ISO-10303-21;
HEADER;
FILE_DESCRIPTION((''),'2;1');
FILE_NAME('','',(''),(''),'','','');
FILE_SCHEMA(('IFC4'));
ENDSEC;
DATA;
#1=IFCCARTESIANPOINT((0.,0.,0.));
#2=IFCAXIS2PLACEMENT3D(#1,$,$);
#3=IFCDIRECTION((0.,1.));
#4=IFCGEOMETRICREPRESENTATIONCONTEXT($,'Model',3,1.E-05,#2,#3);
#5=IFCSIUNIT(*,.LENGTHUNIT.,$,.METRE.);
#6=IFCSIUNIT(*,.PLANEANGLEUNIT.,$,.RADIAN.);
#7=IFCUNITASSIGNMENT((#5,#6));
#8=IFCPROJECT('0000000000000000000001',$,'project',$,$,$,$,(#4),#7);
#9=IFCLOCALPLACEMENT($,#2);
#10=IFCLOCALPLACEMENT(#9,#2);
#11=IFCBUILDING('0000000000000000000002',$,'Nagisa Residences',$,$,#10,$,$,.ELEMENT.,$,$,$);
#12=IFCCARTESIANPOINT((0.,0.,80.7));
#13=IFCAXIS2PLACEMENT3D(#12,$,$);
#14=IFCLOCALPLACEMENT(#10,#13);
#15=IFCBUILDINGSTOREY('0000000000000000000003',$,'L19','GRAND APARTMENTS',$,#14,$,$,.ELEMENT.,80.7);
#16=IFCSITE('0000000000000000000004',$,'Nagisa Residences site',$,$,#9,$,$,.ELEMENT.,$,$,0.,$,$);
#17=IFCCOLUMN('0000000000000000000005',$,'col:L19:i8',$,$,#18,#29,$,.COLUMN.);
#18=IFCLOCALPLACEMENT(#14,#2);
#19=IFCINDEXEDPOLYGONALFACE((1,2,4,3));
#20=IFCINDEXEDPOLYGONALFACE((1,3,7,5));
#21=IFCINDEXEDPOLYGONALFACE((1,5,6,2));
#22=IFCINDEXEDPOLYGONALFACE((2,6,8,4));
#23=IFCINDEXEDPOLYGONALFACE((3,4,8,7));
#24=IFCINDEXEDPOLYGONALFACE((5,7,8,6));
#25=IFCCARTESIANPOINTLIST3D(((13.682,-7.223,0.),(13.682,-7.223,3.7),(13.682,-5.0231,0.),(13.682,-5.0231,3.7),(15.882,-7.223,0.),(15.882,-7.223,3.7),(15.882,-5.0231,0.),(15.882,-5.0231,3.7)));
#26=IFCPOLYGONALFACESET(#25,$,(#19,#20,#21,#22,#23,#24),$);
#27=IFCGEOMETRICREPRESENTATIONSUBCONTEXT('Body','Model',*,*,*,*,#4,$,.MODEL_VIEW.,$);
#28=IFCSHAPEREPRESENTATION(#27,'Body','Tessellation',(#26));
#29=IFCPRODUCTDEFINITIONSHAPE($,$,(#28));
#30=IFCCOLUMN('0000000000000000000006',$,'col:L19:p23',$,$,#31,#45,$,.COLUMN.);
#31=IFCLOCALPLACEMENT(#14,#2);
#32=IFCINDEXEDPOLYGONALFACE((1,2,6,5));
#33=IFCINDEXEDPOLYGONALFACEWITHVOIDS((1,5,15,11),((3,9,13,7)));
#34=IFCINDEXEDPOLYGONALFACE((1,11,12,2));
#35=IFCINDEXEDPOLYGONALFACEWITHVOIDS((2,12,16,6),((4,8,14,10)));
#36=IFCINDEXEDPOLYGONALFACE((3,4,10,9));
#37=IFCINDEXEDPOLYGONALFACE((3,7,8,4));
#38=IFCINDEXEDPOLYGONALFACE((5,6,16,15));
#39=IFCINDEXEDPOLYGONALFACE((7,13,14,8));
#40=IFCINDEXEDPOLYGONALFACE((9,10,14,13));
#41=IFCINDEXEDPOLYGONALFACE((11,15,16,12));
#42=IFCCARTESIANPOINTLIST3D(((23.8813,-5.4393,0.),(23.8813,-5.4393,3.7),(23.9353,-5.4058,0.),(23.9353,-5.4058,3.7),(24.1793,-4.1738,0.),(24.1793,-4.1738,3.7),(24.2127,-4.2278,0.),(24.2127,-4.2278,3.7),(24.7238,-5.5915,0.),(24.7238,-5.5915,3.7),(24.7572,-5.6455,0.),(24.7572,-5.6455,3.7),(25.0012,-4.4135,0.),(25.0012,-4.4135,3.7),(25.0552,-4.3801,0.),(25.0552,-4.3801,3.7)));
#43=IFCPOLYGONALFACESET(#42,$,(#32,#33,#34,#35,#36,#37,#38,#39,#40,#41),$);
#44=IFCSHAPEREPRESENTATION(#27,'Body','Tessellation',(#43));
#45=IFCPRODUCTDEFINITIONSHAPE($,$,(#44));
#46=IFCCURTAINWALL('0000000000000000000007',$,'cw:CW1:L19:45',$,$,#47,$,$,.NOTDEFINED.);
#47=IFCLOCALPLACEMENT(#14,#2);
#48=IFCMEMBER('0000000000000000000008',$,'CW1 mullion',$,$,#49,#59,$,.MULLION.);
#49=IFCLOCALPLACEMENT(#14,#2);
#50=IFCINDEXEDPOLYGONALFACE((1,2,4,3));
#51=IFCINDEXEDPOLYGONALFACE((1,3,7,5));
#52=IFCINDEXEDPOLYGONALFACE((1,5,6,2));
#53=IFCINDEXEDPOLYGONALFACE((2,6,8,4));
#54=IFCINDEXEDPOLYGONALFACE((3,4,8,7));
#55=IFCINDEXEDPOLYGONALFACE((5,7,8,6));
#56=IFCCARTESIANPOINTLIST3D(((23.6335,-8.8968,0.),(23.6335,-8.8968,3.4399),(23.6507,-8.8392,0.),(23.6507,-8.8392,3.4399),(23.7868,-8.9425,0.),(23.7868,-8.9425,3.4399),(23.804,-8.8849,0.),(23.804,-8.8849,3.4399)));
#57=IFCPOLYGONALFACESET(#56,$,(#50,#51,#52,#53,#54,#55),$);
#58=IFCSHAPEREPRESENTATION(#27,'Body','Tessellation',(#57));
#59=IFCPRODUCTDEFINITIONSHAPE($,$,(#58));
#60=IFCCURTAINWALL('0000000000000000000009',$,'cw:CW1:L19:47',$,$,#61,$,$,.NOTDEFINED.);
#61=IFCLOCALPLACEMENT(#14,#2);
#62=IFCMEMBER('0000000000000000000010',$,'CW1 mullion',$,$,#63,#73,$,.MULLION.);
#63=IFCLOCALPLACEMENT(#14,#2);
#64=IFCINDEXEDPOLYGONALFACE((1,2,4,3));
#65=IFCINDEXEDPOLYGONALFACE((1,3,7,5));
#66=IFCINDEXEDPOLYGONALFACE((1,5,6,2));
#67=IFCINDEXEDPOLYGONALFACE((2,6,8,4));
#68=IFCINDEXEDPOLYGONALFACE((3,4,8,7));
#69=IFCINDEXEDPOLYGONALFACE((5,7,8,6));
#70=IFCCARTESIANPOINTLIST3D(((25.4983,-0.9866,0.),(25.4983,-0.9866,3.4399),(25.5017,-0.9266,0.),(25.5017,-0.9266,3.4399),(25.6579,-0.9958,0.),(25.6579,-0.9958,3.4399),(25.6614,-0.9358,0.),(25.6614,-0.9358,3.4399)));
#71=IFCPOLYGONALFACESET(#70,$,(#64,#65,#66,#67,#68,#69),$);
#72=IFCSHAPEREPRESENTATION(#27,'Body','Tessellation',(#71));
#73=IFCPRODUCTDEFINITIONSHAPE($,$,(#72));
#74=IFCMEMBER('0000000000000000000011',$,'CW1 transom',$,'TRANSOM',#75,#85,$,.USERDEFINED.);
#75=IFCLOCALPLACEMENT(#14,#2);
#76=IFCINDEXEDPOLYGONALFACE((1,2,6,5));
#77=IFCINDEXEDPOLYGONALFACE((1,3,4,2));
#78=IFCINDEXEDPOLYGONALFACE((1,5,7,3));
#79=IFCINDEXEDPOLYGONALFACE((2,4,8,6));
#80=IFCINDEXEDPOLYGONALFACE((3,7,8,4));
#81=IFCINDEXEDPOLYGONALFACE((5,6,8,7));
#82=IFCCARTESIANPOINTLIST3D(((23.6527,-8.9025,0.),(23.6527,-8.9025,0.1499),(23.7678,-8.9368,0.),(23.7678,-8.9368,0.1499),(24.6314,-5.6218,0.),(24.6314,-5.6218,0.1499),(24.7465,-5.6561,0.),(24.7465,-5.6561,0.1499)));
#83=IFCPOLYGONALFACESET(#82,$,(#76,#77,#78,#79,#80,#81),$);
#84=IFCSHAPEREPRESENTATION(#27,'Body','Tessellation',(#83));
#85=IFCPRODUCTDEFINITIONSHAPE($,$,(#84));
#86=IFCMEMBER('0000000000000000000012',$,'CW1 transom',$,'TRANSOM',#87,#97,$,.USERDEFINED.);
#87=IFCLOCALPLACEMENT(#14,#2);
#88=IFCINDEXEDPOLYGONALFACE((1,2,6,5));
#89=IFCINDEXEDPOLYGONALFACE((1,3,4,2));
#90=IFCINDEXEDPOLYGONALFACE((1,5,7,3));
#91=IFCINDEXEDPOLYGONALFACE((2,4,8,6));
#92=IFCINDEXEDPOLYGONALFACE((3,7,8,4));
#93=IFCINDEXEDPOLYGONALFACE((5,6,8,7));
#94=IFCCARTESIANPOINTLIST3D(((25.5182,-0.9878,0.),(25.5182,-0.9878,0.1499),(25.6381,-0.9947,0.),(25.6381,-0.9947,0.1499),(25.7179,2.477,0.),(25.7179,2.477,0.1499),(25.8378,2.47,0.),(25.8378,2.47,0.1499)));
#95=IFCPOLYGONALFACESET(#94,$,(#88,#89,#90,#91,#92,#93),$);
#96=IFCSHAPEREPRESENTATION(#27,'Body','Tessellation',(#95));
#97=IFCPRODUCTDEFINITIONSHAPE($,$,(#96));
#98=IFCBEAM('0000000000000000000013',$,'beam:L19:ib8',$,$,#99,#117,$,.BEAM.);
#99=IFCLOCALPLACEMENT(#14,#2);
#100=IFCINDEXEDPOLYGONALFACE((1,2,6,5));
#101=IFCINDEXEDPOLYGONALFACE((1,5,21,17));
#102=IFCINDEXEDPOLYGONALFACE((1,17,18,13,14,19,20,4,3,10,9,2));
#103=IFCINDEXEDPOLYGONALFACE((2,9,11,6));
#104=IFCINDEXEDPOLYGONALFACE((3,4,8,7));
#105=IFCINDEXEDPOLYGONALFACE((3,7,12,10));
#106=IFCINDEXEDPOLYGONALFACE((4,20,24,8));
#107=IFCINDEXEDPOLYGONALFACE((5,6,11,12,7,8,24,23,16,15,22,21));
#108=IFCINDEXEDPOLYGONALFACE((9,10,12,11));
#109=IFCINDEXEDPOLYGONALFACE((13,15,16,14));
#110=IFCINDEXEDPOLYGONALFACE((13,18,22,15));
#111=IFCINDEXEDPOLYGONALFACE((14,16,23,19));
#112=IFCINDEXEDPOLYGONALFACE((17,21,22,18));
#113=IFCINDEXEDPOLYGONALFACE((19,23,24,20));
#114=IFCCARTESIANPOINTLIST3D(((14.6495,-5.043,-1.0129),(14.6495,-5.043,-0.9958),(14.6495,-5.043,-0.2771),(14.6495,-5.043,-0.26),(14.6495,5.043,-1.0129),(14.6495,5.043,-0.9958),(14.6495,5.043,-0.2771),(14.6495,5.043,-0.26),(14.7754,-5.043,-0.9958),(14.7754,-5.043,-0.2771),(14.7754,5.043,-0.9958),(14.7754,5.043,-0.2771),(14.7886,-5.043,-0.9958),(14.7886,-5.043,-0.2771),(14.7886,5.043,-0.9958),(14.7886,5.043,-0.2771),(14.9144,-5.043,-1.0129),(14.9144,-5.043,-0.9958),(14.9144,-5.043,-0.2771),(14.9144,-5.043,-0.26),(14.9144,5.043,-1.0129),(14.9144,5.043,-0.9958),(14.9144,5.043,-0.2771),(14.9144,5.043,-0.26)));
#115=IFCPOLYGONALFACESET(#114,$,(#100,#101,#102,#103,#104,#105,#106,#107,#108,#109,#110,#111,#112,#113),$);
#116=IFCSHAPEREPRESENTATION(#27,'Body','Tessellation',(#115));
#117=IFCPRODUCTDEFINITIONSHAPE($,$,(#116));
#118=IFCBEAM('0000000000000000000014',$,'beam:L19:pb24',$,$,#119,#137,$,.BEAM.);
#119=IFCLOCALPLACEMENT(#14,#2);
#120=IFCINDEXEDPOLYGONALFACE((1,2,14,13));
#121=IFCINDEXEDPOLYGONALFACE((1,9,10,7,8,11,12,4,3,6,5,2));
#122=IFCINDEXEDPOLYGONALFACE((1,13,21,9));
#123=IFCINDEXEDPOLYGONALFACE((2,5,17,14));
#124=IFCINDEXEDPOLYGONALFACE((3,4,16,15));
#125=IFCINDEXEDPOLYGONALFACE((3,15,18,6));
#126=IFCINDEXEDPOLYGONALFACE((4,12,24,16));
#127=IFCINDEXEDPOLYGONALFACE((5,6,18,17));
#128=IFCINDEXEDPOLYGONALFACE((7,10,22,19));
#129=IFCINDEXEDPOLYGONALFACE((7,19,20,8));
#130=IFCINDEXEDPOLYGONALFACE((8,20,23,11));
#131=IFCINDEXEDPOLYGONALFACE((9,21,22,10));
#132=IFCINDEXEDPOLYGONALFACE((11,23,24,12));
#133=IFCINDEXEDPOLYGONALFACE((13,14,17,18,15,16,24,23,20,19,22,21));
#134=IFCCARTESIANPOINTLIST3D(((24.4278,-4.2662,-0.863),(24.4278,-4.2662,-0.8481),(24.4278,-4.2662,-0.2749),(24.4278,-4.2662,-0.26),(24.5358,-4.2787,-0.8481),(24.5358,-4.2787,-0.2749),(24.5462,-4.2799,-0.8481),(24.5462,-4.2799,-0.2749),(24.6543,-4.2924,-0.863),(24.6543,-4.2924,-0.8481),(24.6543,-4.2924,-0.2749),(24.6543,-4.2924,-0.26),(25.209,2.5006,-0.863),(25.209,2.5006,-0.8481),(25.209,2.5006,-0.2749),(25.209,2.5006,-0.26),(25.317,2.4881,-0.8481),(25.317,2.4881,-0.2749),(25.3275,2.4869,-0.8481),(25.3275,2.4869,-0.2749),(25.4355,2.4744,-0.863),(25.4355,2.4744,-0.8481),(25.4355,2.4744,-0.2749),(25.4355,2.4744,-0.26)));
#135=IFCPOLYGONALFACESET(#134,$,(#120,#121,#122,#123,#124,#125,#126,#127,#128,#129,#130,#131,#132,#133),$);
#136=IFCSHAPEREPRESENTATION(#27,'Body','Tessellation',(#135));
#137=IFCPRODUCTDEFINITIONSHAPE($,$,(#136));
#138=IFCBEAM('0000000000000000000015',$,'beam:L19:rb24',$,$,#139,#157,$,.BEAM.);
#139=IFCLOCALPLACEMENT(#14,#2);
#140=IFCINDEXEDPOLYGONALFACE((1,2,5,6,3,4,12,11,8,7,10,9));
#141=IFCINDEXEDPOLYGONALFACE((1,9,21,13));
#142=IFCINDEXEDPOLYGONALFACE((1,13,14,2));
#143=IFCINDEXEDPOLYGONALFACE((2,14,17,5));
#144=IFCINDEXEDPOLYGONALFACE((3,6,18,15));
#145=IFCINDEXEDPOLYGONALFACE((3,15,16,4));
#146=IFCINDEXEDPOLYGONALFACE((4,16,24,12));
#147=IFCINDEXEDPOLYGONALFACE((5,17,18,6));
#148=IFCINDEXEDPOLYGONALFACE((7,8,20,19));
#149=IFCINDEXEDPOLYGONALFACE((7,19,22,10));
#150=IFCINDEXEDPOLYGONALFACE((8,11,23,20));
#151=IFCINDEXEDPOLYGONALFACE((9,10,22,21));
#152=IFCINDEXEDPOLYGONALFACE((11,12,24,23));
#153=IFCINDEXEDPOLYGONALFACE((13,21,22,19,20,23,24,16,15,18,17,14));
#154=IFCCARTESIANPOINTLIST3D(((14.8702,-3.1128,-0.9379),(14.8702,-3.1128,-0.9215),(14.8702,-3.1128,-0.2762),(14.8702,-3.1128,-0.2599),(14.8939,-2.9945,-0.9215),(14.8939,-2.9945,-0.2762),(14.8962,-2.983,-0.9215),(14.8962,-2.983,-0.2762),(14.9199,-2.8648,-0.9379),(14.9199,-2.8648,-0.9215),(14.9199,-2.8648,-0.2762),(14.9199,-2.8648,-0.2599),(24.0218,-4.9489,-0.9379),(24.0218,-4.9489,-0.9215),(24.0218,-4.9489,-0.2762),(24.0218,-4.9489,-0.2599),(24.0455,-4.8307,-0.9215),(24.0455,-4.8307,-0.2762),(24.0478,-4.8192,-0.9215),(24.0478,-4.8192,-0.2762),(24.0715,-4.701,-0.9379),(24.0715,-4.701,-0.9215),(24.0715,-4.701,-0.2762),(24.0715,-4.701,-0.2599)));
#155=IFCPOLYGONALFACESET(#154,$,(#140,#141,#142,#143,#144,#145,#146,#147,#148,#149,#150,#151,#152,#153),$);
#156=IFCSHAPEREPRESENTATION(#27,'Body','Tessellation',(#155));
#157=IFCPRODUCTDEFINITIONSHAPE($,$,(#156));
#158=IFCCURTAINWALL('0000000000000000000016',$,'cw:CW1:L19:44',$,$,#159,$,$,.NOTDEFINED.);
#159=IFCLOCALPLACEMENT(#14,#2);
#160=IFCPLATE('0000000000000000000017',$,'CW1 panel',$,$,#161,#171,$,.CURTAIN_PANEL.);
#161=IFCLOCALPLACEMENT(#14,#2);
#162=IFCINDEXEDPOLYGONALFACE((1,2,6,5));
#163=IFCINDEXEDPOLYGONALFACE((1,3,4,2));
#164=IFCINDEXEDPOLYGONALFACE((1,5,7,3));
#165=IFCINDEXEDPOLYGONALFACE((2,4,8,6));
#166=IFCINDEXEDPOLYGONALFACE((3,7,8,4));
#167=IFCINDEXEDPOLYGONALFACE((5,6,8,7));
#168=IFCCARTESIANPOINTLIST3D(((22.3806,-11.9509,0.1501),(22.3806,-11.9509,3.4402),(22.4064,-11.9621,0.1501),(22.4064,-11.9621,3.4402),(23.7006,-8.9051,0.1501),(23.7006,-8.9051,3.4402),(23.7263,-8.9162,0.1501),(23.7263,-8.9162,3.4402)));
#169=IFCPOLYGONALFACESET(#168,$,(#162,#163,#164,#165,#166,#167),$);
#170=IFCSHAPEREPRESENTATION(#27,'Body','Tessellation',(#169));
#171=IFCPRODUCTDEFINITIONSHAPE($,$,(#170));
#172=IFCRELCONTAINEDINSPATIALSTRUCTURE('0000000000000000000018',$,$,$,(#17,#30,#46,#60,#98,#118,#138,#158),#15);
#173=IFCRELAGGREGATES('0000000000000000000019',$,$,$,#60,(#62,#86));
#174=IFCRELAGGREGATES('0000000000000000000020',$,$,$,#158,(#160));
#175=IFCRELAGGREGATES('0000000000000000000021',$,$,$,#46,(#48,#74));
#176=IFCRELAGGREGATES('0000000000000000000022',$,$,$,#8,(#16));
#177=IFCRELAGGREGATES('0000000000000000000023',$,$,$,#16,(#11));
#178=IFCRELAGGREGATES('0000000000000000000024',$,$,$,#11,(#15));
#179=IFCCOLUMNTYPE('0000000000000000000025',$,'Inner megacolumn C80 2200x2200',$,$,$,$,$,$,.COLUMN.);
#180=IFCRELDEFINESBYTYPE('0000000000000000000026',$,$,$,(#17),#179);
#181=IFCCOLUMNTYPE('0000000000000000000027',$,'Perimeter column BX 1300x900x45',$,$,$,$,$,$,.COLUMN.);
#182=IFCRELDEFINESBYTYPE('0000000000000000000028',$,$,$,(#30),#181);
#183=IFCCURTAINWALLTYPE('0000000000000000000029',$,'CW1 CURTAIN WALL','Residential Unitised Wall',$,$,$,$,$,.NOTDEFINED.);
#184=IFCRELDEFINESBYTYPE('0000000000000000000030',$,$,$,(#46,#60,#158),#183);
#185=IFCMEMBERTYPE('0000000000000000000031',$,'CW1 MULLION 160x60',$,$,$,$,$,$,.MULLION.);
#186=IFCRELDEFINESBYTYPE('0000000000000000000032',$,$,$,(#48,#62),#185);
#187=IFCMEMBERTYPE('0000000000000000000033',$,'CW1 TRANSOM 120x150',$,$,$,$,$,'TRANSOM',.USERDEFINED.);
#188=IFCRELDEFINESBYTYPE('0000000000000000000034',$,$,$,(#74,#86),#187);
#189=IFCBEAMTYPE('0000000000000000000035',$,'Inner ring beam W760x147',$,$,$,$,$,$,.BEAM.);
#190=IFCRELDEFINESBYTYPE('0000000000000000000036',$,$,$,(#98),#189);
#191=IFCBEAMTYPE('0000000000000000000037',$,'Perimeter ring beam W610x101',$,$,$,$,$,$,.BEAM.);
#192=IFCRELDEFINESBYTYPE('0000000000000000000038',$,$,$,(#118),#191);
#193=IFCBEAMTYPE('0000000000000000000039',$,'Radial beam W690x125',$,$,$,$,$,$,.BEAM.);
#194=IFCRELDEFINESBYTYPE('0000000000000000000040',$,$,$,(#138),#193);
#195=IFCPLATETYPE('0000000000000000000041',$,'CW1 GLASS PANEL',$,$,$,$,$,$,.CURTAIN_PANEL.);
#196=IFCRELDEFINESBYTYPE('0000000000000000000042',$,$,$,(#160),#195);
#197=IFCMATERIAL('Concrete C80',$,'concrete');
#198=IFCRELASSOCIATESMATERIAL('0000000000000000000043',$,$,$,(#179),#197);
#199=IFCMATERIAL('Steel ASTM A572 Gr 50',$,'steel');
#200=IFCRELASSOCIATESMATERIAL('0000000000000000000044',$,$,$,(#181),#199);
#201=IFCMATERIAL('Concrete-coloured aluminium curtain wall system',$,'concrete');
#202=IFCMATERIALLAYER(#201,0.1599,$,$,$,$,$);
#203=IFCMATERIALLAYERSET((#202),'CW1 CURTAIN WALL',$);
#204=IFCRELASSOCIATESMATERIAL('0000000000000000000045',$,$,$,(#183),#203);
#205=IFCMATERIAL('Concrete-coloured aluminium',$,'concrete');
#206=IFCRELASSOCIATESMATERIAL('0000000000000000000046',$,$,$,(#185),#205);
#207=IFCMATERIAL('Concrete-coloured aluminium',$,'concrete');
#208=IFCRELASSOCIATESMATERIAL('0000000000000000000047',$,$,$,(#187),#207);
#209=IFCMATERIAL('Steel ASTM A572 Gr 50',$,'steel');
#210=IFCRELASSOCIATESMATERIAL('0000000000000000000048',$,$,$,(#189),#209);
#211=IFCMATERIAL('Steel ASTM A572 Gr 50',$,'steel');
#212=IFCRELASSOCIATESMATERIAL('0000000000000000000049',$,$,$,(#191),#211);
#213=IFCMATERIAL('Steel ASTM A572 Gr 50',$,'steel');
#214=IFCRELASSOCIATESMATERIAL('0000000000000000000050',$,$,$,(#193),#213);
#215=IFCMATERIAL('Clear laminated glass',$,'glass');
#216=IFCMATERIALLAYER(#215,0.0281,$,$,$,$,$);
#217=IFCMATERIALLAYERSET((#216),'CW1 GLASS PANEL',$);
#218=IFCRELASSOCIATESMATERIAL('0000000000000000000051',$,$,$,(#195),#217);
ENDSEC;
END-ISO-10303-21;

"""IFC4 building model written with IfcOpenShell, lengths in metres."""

from ifc_helpers import new_model, si_unit, direction, frame, origin, origin_2d, place, context, subcontext, project, spatial, rectangle, hollow_rectangle, i_section, extrude, material, layer, layer_set, material_profile, profile_set, type_object, element, aggregate, save


model = new_model("IFC4")

# Units and contexts
model_context = context("Model", 3, precision=1e-05, world=origin(), true_north=direction((0.0, 1.0)))
body_context = subcontext(model_context, "Body", "Model", "MODEL_VIEW")
ifc_project = project(units=[si_unit("LENGTHUNIT", "METRE"), si_unit("PLANEANGLEUNIT", "RADIAN")], contexts=[model_context])

# Site, building, storey
site_placement = place(None, origin())
site = spatial("IfcSite", under=ifc_project, at=site_placement, Name="Nagisa Residences site", CompositionType="ELEMENT", RefElevation=0.0)
building_placement = place(site_placement, origin())
building = spatial("IfcBuilding", under=site, at=building_placement, Name="Nagisa Residences", CompositionType="ELEMENT")
storey_placement = place(building_placement, frame((0.0, 0.0, 80.7)))
storey = spatial("IfcBuildingStorey", under=building, at=storey_placement, Name="L19", Description="GRAND APARTMENTS", CompositionType="ELEMENT", Elevation=80.7)

# Columns
ifc_material_1 = material(Name="Concrete C80", Category="concrete")
ifc_material_profile_1 = material_profile(ifc_material_1, rectangle(XDim=2.2, YDim=2.2, at=origin_2d()), Name="C80 2200x2200")
ifc_profile_set_1 = profile_set([ifc_material_profile_1], Name="Concrete C80")
column_type_1 = type_object("IfcColumnType", Name="Inner megacolumn C80 2200x2200", PredefinedType="COLUMN", material=ifc_profile_set_1)
column_1_placement = place(storey_placement, frame((14.782, -6.123, 0.0), z_axis=(0.0, 0.0, 1.0), x_axis=(1.0, 0.0, 0.0)))
element("IfcColumn", 1, at=column_1_placement, inside=storey, type_object=column_type_1, Name="col:L19:i8", PredefinedType="COLUMN", context=body_context, shape_type="SweptSolid", body=[
    extrude(rectangle(XDim=2.2, YDim=2.2, at=origin_2d()), origin(), (0.0, 0.0, 1.0), 3.7),
])
ifc_material_2 = material(Name="Steel ASTM A572 Gr 50", Category="steel")
ifc_material_profile_2 = material_profile(ifc_material_2, hollow_rectangle(XDim=1.3, YDim=0.8999, WallThickness=0.0449, at=origin_2d()), Name="BX 1300x900x45")
ifc_profile_set_2 = profile_set([ifc_material_profile_2], Name="Steel ASTM A572 Gr 50")
column_type_2 = type_object("IfcColumnType", Name="Perimeter column BX 1300x900x45", PredefinedType="COLUMN", material=ifc_profile_set_2)
column_2_placement = place(storey_placement, frame((24.4683, -4.9097, 0.0), z_axis=(0.0, 0.0, 1.0), x_axis=(0.229202, 0.973379, 0.0)))
element("IfcColumn", 2, at=column_2_placement, inside=storey, type_object=column_type_2, Name="col:L19:p23", PredefinedType="COLUMN", context=body_context, shape_type="SweptSolid", body=[
    extrude(hollow_rectangle(XDim=1.3, YDim=0.8999, WallThickness=0.0449, at=origin_2d()), origin(), (0.0, 0.0, 1.0), 3.7),
])

# Curtain walls, members
ifc_material_3 = material(Name="Concrete-coloured aluminium curtain wall system", Category="concrete")
ifc_layer_1 = layer(ifc_material_3, 0.1599)
ifc_layer_set_1 = layer_set([ifc_layer_1], Name="CW1 CURTAIN WALL")
curtain_wall_type = type_object("IfcCurtainWallType", Name="CW1 CURTAIN WALL", Description="Residential Unitised Wall", PredefinedType="NOTDEFINED", material=ifc_layer_set_1)
curtain_wall_1_placement = place(storey_placement, origin())
curtain_wall_1 = element("IfcCurtainWall", 3, at=curtain_wall_1_placement, inside=storey, type_object=curtain_wall_type, Name="cw:CW1:L19:45", PredefinedType="NOTDEFINED")
ifc_material_4 = material(Name="Concrete-coloured aluminium", Category="concrete")
ifc_material_profile_3 = material_profile(ifc_material_4, rectangle(XDim=0.1599, YDim=0.0601, at=origin_2d()), Name="CW1 MULLION 160x60")
ifc_profile_set_3 = profile_set([ifc_material_profile_3], Name="Concrete-coloured aluminium")
member_type_1 = type_object("IfcMemberType", Name="CW1 MULLION 160x60", PredefinedType="MULLION", material=ifc_profile_set_3)
member_1_placement = place(storey_placement, frame((23.7188, -8.8909, 0.0), z_axis=(0.0, 0.0, 1.0), x_axis=(-0.958271, 0.28586, 0.0)))
member_1 = element("IfcMember", 4, at=member_1_placement, type_object=member_type_1, Name="CW1 mullion", PredefinedType="MULLION", context=body_context, shape_type="SweptSolid", body=[
    extrude(rectangle(XDim=0.1599, YDim=0.0601, at=origin_2d()), origin(), (0.0, 0.0, 1.0), 3.4399),
])
curtain_wall_2_placement = place(storey_placement, origin())
curtain_wall_2 = element("IfcCurtainWall", 5, at=curtain_wall_2_placement, inside=storey, type_object=curtain_wall_type, Name="cw:CW1:L19:47", PredefinedType="NOTDEFINED")
member_2_placement = place(storey_placement, frame((25.5798, -0.9612, 0.0), z_axis=(0.0, 0.0, 1.0), x_axis=(-0.998345, 0.057503, 0.0)))
member_2 = element("IfcMember", 6, at=member_2_placement, type_object=member_type_1, Name="CW1 mullion", PredefinedType="MULLION", context=body_context, shape_type="SweptSolid", body=[
    extrude(rectangle(XDim=0.1599, YDim=0.0601, at=origin_2d()), origin(), (0.0, 0.0, 1.0), 3.4399),
])

# Members
ifc_material_5 = material(Name="Concrete-coloured aluminium", Category="concrete")
ifc_material_profile_4 = material_profile(ifc_material_5, rectangle(XDim=0.1201, YDim=0.1499, at=origin_2d()), Name="CW1 TRANSOM 120x150")
ifc_profile_set_4 = profile_set([ifc_material_profile_4], Name="Concrete-coloured aluminium")
member_type_2 = type_object("IfcMemberType", Name="CW1 TRANSOM 120x150", ElementType="TRANSOM", PredefinedType="USERDEFINED", material=ifc_profile_set_4)
member_3_placement = place(storey_placement, frame((23.7102, -8.9197, 0.075), z_axis=(0.285882, 0.958265, 0.0), x_axis=(-0.958265, 0.285882, 0.0)))
member_3 = element("IfcMember", 7, at=member_3_placement, type_object=member_type_2, Name="CW1 transom", ObjectType="TRANSOM", PredefinedType="USERDEFINED", context=body_context, shape_type="SweptSolid", body=[
    extrude(rectangle(XDim=0.1201, YDim=0.1499, at=origin_2d()), origin(), (0.0, 0.0, 1.0), 3.4236),
])
member_4_placement = place(storey_placement, frame((25.5781, -0.9912, 0.075), z_axis=(0.057547, 0.998343, 0.0), x_axis=(-0.998343, 0.057547, 0.0)))
member_4 = element("IfcMember", 8, at=member_4_placement, type_object=member_type_2, Name="CW1 transom", ObjectType="TRANSOM", PredefinedType="USERDEFINED", context=body_context, shape_type="SweptSolid", body=[
    extrude(rectangle(XDim=0.1201, YDim=0.1499, at=origin_2d()), origin(), (0.0, 0.0, 1.0), 3.4705),
])
aggregate(curtain_wall_2, [member_2, member_4])

# Beams
ifc_material_6 = material(Name="Steel ASTM A572 Gr 50", Category="steel")
ifc_material_profile_5 = material_profile(ifc_material_6, i_section(OverallWidth=0.2649, OverallDepth=0.7529, WebThickness=0.0132, FlangeThickness=0.0171, at=origin_2d()), Name="W760x147")
ifc_profile_set_5 = profile_set([ifc_material_profile_5], Name="Steel ASTM A572 Gr 50")
beam_type_1 = type_object("IfcBeamType", Name="Inner ring beam W760x147", PredefinedType="BEAM", material=ifc_profile_set_5)
beam_1_placement = place(storey_placement, frame((14.782, -5.043, -0.6365), z_axis=(0.0, 1.0, 0.0), x_axis=(-1.0, 0.0, 0.0)))
element("IfcBeam", 9, at=beam_1_placement, inside=storey, type_object=beam_type_1, Name="beam:L19:ib8", PredefinedType="BEAM", context=body_context, shape_type="SweptSolid", body=[
    extrude(i_section(OverallWidth=0.2649, OverallDepth=0.7529, WebThickness=0.0132, FlangeThickness=0.0171, at=origin_2d()), origin(), (0.0, 0.0, 1.0), 10.0859),
])
ifc_material_7 = material(Name="Steel ASTM A572 Gr 50", Category="steel")
ifc_material_profile_6 = material_profile(ifc_material_7, i_section(OverallWidth=0.228, OverallDepth=0.603, WebThickness=0.0105, FlangeThickness=0.0149, at=origin_2d()), Name="W610x101")
ifc_profile_set_6 = profile_set([ifc_material_profile_6], Name="Steel ASTM A572 Gr 50")
beam_type_2 = type_object("IfcBeamType", Name="Perimeter ring beam W610x101", PredefinedType="BEAM", material=ifc_profile_set_6)
beam_2_placement = place(storey_placement, frame((24.541, -4.2793, -0.5615), z_axis=(0.114691, 0.993401, 0.0), x_axis=(-0.993401, 0.114691, 0.0)))
element("IfcBeam", 10, at=beam_2_placement, inside=storey, type_object=beam_type_2, Name="beam:L19:pb24", PredefinedType="BEAM", context=body_context, shape_type="SweptSolid", body=[
    extrude(i_section(OverallWidth=0.228, OverallDepth=0.603, WebThickness=0.0105, FlangeThickness=0.0149, at=origin_2d()), origin(), (0.0, 0.0, 1.0), 6.8118),
])
ifc_material_8 = material(Name="Steel ASTM A572 Gr 50", Category="steel")
ifc_material_profile_7 = material_profile(ifc_material_8, i_section(OverallWidth=0.2529, OverallDepth=0.678, WebThickness=0.0117, FlangeThickness=0.0164, at=origin_2d()), Name="W690x125")
ifc_profile_set_7 = profile_set([ifc_material_profile_7], Name="Steel ASTM A572 Gr 50")
beam_type_3 = type_object("IfcBeamType", Name="Radial beam W690x125", PredefinedType="BEAM", material=ifc_profile_set_7)
beam_3_placement = place(storey_placement, frame((24.0466, -4.825, -0.5989), z_axis=(-0.98046, 0.19672, 0.0), x_axis=(-0.19672, -0.98046, 0.0)))
element("IfcBeam", 11, at=beam_3_placement, inside=storey, type_object=beam_type_3, Name="beam:L19:rb24", PredefinedType="BEAM", context=body_context, shape_type="SweptSolid", body=[
    extrude(i_section(OverallWidth=0.2529, OverallDepth=0.678, WebThickness=0.0117, FlangeThickness=0.0164, at=origin_2d()), origin(), (0.0, 0.0, 1.0), 9.334),
])

# Curtain wall, plate
curtain_wall_3_placement = place(storey_placement, origin())
curtain_wall_3 = element("IfcCurtainWall", 12, at=curtain_wall_3_placement, inside=storey, type_object=curtain_wall_type, Name="cw:CW1:L19:44", PredefinedType="NOTDEFINED")
ifc_material_9 = material(Name="Clear laminated glass", Category="glass")
ifc_layer_2 = layer(ifc_material_9, 0.0281)
ifc_layer_set_2 = layer_set([ifc_layer_2], Name="CW1 GLASS PANEL")
plate_type = type_object("IfcPlateType", Name="CW1 GLASS PANEL", PredefinedType="CURTAIN_PANEL", material=ifc_layer_set_2)
plate_1_placement = place(storey_placement, frame((23.0535, -10.4336, 0.1501), z_axis=(0.0, 0.0, 1.0), x_axis=(0.397636, 0.917543, 0.0)))
plate_1 = element("IfcPlate", 13, at=plate_1_placement, type_object=plate_type, Name="CW1 panel", PredefinedType="CURTAIN_PANEL", context=body_context, shape_type="SweptSolid", body=[
    extrude(rectangle(XDim=3.3196, YDim=0.0281, at=origin_2d()), origin(), (0.0, 0.0, 1.0), 3.29),
])
aggregate(curtain_wall_3, [plate_1])

aggregate(curtain_wall_1, [member_1, member_3])

save(model, "model.ifc")
